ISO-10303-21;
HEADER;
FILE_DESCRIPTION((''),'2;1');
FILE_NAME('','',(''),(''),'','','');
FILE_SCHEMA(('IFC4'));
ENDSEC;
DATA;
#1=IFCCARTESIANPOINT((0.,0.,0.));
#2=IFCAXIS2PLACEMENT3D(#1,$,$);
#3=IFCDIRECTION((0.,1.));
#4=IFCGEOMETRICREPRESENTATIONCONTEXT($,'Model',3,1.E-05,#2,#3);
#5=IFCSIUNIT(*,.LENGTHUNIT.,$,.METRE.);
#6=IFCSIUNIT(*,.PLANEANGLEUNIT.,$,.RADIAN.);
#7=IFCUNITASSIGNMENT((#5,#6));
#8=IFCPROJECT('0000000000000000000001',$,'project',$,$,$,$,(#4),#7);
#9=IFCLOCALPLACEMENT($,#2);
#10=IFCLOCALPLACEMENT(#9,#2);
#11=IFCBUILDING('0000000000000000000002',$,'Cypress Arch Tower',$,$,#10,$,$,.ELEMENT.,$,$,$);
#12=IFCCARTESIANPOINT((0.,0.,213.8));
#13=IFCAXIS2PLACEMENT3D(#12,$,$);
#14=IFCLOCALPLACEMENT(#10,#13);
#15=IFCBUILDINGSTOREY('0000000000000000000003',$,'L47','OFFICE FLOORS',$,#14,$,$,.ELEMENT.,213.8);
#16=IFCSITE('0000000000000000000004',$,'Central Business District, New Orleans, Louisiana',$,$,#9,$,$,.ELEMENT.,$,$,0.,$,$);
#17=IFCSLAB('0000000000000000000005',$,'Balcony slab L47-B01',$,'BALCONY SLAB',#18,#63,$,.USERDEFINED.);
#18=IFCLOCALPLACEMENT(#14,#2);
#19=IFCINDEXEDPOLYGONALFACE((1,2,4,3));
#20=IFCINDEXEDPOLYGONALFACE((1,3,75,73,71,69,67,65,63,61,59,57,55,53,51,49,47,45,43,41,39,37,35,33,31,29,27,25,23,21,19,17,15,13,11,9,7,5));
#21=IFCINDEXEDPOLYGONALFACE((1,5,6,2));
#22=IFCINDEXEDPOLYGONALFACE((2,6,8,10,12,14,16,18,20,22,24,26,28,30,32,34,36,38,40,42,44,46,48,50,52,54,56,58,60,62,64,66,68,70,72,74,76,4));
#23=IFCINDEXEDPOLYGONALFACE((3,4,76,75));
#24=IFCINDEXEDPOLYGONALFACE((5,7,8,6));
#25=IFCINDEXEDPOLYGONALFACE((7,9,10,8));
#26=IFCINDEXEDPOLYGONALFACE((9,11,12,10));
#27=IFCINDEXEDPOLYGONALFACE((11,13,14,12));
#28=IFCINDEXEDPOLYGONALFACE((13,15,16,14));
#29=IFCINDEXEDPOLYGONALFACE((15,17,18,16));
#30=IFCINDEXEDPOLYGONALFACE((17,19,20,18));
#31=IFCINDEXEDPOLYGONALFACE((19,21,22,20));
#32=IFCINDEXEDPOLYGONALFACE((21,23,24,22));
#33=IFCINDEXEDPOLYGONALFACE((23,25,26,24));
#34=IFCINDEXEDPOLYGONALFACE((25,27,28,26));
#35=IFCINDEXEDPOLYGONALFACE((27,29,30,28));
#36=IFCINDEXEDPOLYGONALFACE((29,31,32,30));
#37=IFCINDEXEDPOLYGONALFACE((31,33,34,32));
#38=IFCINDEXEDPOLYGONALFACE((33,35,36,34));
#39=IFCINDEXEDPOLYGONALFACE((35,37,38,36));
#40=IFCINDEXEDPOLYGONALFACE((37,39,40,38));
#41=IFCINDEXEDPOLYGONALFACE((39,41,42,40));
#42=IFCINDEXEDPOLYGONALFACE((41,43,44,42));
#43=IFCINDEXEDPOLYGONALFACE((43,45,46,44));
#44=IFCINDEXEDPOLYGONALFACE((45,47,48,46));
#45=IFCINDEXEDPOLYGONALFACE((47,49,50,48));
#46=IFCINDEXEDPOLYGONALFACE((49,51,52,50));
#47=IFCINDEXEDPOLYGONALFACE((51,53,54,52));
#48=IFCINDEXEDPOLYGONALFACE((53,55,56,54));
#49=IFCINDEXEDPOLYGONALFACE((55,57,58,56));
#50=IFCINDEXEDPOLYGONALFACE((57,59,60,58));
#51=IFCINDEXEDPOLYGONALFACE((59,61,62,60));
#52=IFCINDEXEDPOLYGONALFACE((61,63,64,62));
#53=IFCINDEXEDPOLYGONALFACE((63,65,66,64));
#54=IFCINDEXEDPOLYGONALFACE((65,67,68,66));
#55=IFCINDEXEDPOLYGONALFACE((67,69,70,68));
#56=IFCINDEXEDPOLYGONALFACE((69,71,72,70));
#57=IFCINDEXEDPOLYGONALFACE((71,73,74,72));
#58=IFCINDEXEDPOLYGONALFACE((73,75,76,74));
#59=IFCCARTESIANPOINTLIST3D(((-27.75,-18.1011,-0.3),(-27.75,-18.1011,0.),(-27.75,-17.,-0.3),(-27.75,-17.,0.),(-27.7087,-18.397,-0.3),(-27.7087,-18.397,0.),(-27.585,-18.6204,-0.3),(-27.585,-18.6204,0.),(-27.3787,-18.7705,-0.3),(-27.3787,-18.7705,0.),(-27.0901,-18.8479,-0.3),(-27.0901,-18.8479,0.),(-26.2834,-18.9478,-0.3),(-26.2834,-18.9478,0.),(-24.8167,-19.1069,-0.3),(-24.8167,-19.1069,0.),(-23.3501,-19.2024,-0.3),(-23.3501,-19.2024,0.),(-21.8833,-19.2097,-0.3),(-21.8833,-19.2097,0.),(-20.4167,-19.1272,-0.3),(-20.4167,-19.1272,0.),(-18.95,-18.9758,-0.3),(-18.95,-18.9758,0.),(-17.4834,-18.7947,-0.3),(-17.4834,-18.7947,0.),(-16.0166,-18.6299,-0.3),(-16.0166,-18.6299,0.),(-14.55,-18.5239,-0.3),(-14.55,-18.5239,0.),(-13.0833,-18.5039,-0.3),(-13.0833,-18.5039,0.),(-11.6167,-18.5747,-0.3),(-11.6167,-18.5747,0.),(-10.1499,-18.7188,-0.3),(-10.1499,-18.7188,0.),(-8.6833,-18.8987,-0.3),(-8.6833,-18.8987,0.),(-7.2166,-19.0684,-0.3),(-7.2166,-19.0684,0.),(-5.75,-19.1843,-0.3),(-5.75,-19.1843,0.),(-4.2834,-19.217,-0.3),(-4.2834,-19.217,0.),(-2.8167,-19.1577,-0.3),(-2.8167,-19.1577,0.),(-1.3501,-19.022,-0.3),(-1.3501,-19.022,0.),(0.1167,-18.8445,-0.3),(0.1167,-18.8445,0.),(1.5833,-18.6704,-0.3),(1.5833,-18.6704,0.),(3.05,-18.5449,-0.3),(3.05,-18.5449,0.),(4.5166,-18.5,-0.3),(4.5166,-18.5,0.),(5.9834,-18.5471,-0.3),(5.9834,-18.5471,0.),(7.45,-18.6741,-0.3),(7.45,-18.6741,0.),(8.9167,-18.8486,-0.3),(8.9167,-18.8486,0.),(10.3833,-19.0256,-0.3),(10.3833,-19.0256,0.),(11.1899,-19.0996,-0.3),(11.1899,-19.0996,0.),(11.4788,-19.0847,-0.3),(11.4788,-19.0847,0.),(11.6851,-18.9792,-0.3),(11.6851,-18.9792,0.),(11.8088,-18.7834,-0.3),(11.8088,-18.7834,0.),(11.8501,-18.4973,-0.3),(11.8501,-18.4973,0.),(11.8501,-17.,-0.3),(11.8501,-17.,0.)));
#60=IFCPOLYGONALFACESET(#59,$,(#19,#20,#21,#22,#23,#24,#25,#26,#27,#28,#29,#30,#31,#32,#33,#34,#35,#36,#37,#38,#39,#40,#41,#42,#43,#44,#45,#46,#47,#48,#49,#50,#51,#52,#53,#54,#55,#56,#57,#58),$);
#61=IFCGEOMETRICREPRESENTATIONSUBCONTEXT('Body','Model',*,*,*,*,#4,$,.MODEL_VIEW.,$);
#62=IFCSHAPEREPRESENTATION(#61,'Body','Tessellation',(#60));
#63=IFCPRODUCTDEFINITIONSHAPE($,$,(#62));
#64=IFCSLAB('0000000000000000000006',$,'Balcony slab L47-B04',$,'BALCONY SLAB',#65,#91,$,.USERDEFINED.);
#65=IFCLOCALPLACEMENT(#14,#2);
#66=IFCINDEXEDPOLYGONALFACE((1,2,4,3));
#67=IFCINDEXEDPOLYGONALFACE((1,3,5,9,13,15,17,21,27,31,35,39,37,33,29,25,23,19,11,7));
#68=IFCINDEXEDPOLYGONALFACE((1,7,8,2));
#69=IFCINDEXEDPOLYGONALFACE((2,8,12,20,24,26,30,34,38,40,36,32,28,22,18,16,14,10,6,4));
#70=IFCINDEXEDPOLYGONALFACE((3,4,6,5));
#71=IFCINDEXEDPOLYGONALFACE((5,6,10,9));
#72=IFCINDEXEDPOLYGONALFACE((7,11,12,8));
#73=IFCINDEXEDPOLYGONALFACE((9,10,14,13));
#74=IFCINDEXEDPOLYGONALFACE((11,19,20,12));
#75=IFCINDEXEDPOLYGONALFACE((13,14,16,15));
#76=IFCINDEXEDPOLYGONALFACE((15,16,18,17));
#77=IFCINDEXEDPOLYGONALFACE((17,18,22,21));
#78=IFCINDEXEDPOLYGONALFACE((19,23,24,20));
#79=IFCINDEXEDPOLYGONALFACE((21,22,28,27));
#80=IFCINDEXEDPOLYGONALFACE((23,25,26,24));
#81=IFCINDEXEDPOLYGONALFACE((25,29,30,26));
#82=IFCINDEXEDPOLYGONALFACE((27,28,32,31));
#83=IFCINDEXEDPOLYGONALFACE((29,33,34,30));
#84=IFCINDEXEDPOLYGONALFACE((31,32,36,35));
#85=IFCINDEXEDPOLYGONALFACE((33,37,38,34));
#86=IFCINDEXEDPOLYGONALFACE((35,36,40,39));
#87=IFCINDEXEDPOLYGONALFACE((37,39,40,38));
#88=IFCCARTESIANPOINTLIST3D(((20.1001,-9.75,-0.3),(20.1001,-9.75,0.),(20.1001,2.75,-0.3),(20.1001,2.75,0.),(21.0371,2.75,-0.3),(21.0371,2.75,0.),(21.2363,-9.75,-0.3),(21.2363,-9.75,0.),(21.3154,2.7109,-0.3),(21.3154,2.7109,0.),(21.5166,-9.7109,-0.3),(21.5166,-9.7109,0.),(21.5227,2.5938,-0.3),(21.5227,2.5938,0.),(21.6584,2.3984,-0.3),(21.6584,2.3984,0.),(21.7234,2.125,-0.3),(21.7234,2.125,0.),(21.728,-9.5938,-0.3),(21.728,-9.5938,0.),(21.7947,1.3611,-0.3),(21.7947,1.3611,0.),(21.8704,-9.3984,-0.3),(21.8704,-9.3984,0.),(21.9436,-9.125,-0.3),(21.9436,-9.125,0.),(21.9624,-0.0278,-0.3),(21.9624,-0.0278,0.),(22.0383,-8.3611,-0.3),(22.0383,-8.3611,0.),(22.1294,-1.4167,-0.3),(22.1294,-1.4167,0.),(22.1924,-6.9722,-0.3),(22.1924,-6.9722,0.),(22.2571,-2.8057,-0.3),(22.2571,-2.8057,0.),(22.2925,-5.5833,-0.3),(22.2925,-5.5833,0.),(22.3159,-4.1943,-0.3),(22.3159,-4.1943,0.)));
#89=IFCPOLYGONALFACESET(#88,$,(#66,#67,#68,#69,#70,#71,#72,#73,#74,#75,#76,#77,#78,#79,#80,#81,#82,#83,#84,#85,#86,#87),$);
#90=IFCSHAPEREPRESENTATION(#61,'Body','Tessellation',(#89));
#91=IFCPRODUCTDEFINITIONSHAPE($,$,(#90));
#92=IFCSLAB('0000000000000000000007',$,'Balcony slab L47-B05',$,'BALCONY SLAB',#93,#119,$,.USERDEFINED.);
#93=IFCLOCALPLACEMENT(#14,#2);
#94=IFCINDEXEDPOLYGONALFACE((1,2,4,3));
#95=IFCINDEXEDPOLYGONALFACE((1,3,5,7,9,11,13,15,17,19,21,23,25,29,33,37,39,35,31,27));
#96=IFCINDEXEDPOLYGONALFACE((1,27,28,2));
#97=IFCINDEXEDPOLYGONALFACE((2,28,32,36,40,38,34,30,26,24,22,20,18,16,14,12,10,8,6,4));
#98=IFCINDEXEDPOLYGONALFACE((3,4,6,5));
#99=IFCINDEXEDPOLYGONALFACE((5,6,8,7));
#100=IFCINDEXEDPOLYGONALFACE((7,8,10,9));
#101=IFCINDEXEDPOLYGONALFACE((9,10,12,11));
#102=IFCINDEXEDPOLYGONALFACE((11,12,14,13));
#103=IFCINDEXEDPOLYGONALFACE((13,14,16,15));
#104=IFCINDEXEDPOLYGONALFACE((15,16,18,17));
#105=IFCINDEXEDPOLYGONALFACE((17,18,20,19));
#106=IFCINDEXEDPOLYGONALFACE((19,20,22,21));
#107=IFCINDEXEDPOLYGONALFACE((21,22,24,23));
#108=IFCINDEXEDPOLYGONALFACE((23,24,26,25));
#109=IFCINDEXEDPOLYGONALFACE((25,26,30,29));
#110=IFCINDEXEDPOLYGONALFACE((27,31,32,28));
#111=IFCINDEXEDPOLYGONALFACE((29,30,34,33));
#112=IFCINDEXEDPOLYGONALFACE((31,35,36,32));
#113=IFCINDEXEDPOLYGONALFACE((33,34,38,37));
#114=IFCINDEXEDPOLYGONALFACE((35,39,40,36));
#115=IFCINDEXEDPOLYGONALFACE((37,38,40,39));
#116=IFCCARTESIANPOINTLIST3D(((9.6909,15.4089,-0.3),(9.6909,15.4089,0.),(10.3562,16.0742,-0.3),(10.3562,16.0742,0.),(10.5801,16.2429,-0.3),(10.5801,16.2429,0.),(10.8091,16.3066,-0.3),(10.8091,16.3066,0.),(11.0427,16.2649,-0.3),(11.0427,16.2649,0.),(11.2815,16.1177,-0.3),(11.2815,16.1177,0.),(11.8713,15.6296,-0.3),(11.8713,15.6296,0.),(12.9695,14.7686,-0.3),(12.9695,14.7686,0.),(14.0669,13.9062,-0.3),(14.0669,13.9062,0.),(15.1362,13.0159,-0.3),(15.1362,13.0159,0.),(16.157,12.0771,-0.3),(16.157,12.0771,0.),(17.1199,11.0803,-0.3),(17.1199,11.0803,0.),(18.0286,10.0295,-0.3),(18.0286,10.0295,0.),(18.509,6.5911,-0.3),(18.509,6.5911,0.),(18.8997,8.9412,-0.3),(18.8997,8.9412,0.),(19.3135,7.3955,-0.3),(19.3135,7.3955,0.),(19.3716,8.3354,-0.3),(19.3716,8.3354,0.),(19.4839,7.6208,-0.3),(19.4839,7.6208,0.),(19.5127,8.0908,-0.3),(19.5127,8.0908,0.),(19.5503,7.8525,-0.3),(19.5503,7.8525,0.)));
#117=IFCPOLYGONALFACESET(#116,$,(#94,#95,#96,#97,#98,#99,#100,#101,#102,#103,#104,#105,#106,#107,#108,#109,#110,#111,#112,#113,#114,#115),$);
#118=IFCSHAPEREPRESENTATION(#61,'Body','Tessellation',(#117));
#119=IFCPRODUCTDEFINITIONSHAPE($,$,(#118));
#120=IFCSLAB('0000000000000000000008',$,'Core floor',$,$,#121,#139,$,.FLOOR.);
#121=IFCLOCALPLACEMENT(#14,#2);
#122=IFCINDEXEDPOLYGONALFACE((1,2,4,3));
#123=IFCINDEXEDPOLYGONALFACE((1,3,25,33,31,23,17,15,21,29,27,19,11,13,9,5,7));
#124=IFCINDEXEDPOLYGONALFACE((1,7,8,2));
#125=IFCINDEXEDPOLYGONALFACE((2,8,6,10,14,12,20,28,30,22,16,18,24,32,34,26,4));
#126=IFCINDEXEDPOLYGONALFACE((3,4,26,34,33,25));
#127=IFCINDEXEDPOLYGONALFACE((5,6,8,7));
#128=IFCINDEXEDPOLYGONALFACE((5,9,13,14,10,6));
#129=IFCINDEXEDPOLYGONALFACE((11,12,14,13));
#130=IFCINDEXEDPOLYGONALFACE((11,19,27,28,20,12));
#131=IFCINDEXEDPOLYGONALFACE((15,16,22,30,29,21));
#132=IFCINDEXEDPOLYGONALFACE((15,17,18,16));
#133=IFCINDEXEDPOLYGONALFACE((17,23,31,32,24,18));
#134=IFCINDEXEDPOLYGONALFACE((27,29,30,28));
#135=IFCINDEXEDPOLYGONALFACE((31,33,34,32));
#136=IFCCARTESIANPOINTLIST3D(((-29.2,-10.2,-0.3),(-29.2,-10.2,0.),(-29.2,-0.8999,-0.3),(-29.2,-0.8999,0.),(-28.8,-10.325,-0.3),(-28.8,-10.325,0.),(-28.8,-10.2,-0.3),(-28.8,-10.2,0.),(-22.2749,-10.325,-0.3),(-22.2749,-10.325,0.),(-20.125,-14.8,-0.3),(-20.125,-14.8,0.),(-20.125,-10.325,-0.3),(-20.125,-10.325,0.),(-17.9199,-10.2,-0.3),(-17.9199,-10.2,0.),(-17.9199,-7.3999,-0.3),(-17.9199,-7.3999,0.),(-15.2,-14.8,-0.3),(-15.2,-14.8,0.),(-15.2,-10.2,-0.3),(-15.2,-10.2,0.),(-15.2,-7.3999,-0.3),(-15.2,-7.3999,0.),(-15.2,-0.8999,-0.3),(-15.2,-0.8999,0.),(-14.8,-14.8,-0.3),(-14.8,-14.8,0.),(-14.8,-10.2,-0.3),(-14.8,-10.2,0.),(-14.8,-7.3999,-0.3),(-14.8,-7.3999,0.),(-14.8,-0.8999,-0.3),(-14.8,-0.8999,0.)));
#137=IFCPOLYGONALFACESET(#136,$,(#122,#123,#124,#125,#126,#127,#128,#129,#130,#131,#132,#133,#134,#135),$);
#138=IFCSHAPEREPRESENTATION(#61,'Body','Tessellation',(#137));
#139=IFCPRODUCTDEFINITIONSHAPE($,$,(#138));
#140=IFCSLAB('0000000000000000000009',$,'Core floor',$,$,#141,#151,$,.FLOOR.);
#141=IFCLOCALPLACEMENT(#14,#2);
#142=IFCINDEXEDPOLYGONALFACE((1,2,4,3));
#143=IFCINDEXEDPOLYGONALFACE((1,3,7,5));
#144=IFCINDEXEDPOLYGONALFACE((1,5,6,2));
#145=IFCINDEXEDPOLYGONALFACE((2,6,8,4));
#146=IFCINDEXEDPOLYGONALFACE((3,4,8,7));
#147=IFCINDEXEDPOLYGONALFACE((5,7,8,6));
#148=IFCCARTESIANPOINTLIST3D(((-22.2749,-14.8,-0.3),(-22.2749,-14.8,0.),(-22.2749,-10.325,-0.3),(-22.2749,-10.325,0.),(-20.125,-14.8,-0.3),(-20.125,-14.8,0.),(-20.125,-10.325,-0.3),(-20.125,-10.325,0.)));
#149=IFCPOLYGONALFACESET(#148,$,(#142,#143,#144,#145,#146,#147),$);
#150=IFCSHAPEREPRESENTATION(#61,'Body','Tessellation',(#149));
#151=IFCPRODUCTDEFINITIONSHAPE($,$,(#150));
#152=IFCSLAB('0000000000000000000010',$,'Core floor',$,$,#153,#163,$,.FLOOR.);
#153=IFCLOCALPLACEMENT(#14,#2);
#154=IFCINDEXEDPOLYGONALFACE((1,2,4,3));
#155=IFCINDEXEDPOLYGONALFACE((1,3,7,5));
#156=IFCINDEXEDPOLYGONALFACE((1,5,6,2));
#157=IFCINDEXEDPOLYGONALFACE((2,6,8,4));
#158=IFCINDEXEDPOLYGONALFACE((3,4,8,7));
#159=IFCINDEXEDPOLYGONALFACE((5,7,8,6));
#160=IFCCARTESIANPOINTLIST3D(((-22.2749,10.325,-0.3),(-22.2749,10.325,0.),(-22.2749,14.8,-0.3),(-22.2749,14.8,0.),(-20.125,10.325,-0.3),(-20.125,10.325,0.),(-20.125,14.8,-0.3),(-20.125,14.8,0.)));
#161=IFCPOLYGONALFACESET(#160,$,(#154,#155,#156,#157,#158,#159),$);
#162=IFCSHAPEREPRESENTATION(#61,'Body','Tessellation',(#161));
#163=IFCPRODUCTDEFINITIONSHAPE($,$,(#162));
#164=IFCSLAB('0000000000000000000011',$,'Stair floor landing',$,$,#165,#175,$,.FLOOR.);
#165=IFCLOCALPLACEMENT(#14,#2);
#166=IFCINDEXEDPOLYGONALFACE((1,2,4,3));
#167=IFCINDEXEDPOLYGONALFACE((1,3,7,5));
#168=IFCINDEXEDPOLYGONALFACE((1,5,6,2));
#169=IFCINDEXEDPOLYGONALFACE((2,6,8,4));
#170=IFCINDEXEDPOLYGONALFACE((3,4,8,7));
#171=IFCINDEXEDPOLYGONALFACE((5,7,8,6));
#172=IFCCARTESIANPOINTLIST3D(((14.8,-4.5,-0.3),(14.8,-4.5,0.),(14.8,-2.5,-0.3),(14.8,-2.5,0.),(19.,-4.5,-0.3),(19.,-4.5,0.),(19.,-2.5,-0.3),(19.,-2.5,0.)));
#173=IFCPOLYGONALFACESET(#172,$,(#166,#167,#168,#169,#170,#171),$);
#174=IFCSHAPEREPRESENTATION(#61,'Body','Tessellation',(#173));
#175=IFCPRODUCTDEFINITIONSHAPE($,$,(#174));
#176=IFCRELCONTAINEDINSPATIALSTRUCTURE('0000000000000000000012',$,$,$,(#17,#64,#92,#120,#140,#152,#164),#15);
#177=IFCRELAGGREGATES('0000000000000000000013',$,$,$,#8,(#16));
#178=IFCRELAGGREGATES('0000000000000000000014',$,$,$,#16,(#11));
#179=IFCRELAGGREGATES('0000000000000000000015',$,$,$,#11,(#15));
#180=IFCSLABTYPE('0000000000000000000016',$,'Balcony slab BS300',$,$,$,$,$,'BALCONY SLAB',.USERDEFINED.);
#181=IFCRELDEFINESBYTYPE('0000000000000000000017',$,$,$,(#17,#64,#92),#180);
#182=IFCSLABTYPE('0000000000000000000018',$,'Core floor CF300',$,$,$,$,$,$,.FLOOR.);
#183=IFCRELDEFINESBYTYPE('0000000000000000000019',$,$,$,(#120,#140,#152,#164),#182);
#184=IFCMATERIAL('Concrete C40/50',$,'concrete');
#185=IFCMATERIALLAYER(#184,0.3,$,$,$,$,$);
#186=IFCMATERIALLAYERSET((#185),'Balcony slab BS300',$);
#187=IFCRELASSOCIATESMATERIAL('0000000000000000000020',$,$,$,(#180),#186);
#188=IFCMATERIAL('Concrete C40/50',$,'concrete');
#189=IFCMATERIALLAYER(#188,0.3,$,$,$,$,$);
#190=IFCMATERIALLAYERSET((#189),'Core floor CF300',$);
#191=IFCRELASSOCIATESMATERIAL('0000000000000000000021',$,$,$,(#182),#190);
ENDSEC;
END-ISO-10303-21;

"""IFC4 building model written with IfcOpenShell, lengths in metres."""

from ifc_helpers import new_model, si_unit, direction, frame, origin, place, context, subcontext, project, spatial, polyline, outline, extrude, material, layer, layer_set, type_object, element, save


model = new_model("IFC4")

# Units and contexts
model_context = context("Model", 3, precision=1e-05, world=origin(), true_north=direction((0.0, 1.0)))
body_context = subcontext(model_context, "Body", "Model", "MODEL_VIEW")
ifc_project = project(units=[si_unit("LENGTHUNIT", "METRE"), si_unit("PLANEANGLEUNIT", "RADIAN")], contexts=[model_context])

# Site, building, storey
site_placement = place(None, origin())
site = spatial("IfcSite", under=ifc_project, at=site_placement, Name="Central Business District, New Orleans, Louisiana", CompositionType="ELEMENT", RefElevation=0.0)
building_placement = place(site_placement, origin())
building = spatial("IfcBuilding", under=site, at=building_placement, Name="Cypress Arch Tower", CompositionType="ELEMENT")
storey_placement = place(building_placement, frame((0.0, 0.0, 213.8)))
storey = spatial("IfcBuildingStorey", under=building, at=storey_placement, Name="L47", Description="OFFICE FLOORS", CompositionType="ELEMENT", Elevation=213.8)

# Slabs
ifc_material_1 = material(Name="Concrete C40/50", Category="concrete")
ifc_layer_1 = layer(ifc_material_1, 0.3)
ifc_layer_set_1 = layer_set([ifc_layer_1], Name="Balcony slab BS300")
slab_type_1 = type_object("IfcSlabType", Name="Balcony slab BS300", ElementType="BALCONY SLAB", PredefinedType="USERDEFINED", material=ifc_layer_set_1)
slab_1_placement = place(storey_placement, frame((0.0, 0.0, -0.3)))
element("IfcSlab", 1, at=slab_1_placement, inside=storey, type_object=slab_type_1, Name="Balcony slab L47-B01", ObjectType="BALCONY SLAB", PredefinedType="USERDEFINED", context=body_context, shape_type="SweptSolid", body=[
    extrude(outline(polyline([(-27.75, -17.0), (-27.75, -18.1011), (-27.7087, -18.397), (-27.585, -18.6204), (-27.3787, -18.7705), (-27.0901, -18.8479), (-26.2834, -18.9478), (-24.8167, -19.1069), (-23.3501, -19.2024), (-21.8833, -19.2097), (-20.4167, -19.1272), (-18.95, -18.9758), (-17.4834, -18.7947), (-16.0166, -18.6299), (-14.55, -18.5239), (-13.0833, -18.5039), (-11.6167, -18.5747), (-10.1499, -18.7188), (-8.6833, -18.8987), (-7.2166, -19.0684), (-5.75, -19.1843), (-4.2834, -19.217), (-2.8167, -19.1577), (-1.3501, -19.022), (0.1167, -18.8445), (1.5833, -18.6704), (3.05, -18.5449), (4.5166, -18.5), (5.9834, -18.5471), (7.45, -18.6741), (8.9167, -18.8486), (10.3833, -19.0256), (11.1899, -19.0996), (11.4788, -19.0847), (11.6851, -18.9792), (11.8088, -18.7834), (11.8501, -18.4973), (11.8501, -17.0), (-27.75, -17.0)])), origin(), (0.0, 0.0, 1.0), 0.3),
])
slab_2_placement = place(storey_placement, frame((0.0, 0.0, -0.3)))
element("IfcSlab", 2, at=slab_2_placement, inside=storey, type_object=slab_type_1, Name="Balcony slab L47-B04", ObjectType="BALCONY SLAB", PredefinedType="USERDEFINED", context=body_context, shape_type="SweptSolid", body=[
    extrude(outline(polyline([(20.1001, -9.75), (21.2363, -9.75), (21.5166, -9.7109), (21.728, -9.5938), (21.8704, -9.3984), (21.9436, -9.125), (22.0383, -8.3611), (22.1924, -6.9722), (22.2925, -5.5833), (22.3159, -4.1943), (22.2571, -2.8057), (22.1294, -1.4167), (21.9624, -0.0278), (21.7947, 1.3611), (21.7234, 2.125), (21.6584, 2.3984), (21.5227, 2.5938), (21.3154, 2.7109), (21.0371, 2.75), (20.1001, 2.75), (20.1001, -9.75)])), origin(), (0.0, 0.0, 1.0), 0.3),
])
slab_3_placement = place(storey_placement, frame((0.0, 0.0, -0.3)))
element("IfcSlab", 3, at=slab_3_placement, inside=storey, type_object=slab_type_1, Name="Balcony slab L47-B05", ObjectType="BALCONY SLAB", PredefinedType="USERDEFINED", context=body_context, shape_type="SweptSolid", body=[
    extrude(outline(polyline([(18.509, 6.5911), (19.3135, 7.3955), (19.4839, 7.6208), (19.5503, 7.8525), (19.5127, 8.0908), (19.3716, 8.3354), (18.8997, 8.9412), (18.0286, 10.0295), (17.1199, 11.0803), (16.157, 12.0771), (15.1362, 13.0159), (14.0669, 13.9062), (12.9695, 14.7686), (11.8713, 15.6296), (11.2815, 16.1177), (11.0427, 16.2649), (10.8091, 16.3066), (10.5801, 16.2429), (10.3562, 16.0742), (9.6909, 15.4089), (18.509, 6.5911)])), origin(), (0.0, 0.0, 1.0), 0.3),
])
ifc_material_2 = material(Name="Concrete C40/50", Category="concrete")
ifc_layer_2 = layer(ifc_material_2, 0.3)
ifc_layer_set_2 = layer_set([ifc_layer_2], Name="Core floor CF300")
slab_type_2 = type_object("IfcSlabType", Name="Core floor CF300", PredefinedType="FLOOR", material=ifc_layer_set_2)
slab_4_placement = place(storey_placement, frame((0.0, 0.0, -0.3)))
element("IfcSlab", 4, at=slab_4_placement, inside=storey, type_object=slab_type_2, Name="Core floor", PredefinedType="FLOOR", context=body_context, shape_type="SweptSolid", body=[
    extrude(outline(polyline([(-28.8, -10.2), (-29.2, -10.2), (-29.2, -0.8999), (-15.2, -0.8999), (-14.8, -0.8999), (-14.8, -7.3999), (-15.2, -7.3999), (-17.9199, -7.3999), (-17.9199, -10.2), (-15.2, -10.2), (-14.8, -10.2), (-14.8, -14.8), (-15.2, -14.8), (-20.125, -14.8), (-20.125, -10.325), (-22.2749, -10.325), (-28.8, -10.325), (-28.8, -10.2)])), origin(), (0.0, 0.0, 1.0), 0.3),
])
slab_5_placement = place(storey_placement, frame((0.0, 0.0, -0.3)))
element("IfcSlab", 5, at=slab_5_placement, inside=storey, type_object=slab_type_2, Name="Core floor", PredefinedType="FLOOR", context=body_context, shape_type="SweptSolid", body=[
    extrude(outline(polyline([(-22.2749, -10.325), (-22.2749, -14.8), (-20.125, -14.8), (-20.125, -10.325), (-22.2749, -10.325)])), origin(), (0.0, 0.0, 1.0), 0.3),
])
slab_6_placement = place(storey_placement, frame((0.0, 0.0, -0.3)))
element("IfcSlab", 6, at=slab_6_placement, inside=storey, type_object=slab_type_2, Name="Core floor", PredefinedType="FLOOR", context=body_context, shape_type="SweptSolid", body=[
    extrude(outline(polyline([(-20.125, 14.8), (-22.2749, 14.8), (-22.2749, 10.325), (-20.125, 10.325), (-20.125, 14.8)])), origin(), (0.0, 0.0, 1.0), 0.3),
])
slab_7_placement = place(storey_placement, frame((0.0, 0.0, -0.3)))
element("IfcSlab", 7, at=slab_7_placement, inside=storey, type_object=slab_type_2, Name="Stair floor landing", PredefinedType="FLOOR", context=body_context, shape_type="SweptSolid", body=[
    extrude(outline(polyline([(19.0, -4.5), (19.0, -2.5), (14.8, -2.5), (14.8, -4.5), (19.0, -4.5)])), origin(), (0.0, 0.0, 1.0), 0.3),
])

save(model, "model.ifc")
